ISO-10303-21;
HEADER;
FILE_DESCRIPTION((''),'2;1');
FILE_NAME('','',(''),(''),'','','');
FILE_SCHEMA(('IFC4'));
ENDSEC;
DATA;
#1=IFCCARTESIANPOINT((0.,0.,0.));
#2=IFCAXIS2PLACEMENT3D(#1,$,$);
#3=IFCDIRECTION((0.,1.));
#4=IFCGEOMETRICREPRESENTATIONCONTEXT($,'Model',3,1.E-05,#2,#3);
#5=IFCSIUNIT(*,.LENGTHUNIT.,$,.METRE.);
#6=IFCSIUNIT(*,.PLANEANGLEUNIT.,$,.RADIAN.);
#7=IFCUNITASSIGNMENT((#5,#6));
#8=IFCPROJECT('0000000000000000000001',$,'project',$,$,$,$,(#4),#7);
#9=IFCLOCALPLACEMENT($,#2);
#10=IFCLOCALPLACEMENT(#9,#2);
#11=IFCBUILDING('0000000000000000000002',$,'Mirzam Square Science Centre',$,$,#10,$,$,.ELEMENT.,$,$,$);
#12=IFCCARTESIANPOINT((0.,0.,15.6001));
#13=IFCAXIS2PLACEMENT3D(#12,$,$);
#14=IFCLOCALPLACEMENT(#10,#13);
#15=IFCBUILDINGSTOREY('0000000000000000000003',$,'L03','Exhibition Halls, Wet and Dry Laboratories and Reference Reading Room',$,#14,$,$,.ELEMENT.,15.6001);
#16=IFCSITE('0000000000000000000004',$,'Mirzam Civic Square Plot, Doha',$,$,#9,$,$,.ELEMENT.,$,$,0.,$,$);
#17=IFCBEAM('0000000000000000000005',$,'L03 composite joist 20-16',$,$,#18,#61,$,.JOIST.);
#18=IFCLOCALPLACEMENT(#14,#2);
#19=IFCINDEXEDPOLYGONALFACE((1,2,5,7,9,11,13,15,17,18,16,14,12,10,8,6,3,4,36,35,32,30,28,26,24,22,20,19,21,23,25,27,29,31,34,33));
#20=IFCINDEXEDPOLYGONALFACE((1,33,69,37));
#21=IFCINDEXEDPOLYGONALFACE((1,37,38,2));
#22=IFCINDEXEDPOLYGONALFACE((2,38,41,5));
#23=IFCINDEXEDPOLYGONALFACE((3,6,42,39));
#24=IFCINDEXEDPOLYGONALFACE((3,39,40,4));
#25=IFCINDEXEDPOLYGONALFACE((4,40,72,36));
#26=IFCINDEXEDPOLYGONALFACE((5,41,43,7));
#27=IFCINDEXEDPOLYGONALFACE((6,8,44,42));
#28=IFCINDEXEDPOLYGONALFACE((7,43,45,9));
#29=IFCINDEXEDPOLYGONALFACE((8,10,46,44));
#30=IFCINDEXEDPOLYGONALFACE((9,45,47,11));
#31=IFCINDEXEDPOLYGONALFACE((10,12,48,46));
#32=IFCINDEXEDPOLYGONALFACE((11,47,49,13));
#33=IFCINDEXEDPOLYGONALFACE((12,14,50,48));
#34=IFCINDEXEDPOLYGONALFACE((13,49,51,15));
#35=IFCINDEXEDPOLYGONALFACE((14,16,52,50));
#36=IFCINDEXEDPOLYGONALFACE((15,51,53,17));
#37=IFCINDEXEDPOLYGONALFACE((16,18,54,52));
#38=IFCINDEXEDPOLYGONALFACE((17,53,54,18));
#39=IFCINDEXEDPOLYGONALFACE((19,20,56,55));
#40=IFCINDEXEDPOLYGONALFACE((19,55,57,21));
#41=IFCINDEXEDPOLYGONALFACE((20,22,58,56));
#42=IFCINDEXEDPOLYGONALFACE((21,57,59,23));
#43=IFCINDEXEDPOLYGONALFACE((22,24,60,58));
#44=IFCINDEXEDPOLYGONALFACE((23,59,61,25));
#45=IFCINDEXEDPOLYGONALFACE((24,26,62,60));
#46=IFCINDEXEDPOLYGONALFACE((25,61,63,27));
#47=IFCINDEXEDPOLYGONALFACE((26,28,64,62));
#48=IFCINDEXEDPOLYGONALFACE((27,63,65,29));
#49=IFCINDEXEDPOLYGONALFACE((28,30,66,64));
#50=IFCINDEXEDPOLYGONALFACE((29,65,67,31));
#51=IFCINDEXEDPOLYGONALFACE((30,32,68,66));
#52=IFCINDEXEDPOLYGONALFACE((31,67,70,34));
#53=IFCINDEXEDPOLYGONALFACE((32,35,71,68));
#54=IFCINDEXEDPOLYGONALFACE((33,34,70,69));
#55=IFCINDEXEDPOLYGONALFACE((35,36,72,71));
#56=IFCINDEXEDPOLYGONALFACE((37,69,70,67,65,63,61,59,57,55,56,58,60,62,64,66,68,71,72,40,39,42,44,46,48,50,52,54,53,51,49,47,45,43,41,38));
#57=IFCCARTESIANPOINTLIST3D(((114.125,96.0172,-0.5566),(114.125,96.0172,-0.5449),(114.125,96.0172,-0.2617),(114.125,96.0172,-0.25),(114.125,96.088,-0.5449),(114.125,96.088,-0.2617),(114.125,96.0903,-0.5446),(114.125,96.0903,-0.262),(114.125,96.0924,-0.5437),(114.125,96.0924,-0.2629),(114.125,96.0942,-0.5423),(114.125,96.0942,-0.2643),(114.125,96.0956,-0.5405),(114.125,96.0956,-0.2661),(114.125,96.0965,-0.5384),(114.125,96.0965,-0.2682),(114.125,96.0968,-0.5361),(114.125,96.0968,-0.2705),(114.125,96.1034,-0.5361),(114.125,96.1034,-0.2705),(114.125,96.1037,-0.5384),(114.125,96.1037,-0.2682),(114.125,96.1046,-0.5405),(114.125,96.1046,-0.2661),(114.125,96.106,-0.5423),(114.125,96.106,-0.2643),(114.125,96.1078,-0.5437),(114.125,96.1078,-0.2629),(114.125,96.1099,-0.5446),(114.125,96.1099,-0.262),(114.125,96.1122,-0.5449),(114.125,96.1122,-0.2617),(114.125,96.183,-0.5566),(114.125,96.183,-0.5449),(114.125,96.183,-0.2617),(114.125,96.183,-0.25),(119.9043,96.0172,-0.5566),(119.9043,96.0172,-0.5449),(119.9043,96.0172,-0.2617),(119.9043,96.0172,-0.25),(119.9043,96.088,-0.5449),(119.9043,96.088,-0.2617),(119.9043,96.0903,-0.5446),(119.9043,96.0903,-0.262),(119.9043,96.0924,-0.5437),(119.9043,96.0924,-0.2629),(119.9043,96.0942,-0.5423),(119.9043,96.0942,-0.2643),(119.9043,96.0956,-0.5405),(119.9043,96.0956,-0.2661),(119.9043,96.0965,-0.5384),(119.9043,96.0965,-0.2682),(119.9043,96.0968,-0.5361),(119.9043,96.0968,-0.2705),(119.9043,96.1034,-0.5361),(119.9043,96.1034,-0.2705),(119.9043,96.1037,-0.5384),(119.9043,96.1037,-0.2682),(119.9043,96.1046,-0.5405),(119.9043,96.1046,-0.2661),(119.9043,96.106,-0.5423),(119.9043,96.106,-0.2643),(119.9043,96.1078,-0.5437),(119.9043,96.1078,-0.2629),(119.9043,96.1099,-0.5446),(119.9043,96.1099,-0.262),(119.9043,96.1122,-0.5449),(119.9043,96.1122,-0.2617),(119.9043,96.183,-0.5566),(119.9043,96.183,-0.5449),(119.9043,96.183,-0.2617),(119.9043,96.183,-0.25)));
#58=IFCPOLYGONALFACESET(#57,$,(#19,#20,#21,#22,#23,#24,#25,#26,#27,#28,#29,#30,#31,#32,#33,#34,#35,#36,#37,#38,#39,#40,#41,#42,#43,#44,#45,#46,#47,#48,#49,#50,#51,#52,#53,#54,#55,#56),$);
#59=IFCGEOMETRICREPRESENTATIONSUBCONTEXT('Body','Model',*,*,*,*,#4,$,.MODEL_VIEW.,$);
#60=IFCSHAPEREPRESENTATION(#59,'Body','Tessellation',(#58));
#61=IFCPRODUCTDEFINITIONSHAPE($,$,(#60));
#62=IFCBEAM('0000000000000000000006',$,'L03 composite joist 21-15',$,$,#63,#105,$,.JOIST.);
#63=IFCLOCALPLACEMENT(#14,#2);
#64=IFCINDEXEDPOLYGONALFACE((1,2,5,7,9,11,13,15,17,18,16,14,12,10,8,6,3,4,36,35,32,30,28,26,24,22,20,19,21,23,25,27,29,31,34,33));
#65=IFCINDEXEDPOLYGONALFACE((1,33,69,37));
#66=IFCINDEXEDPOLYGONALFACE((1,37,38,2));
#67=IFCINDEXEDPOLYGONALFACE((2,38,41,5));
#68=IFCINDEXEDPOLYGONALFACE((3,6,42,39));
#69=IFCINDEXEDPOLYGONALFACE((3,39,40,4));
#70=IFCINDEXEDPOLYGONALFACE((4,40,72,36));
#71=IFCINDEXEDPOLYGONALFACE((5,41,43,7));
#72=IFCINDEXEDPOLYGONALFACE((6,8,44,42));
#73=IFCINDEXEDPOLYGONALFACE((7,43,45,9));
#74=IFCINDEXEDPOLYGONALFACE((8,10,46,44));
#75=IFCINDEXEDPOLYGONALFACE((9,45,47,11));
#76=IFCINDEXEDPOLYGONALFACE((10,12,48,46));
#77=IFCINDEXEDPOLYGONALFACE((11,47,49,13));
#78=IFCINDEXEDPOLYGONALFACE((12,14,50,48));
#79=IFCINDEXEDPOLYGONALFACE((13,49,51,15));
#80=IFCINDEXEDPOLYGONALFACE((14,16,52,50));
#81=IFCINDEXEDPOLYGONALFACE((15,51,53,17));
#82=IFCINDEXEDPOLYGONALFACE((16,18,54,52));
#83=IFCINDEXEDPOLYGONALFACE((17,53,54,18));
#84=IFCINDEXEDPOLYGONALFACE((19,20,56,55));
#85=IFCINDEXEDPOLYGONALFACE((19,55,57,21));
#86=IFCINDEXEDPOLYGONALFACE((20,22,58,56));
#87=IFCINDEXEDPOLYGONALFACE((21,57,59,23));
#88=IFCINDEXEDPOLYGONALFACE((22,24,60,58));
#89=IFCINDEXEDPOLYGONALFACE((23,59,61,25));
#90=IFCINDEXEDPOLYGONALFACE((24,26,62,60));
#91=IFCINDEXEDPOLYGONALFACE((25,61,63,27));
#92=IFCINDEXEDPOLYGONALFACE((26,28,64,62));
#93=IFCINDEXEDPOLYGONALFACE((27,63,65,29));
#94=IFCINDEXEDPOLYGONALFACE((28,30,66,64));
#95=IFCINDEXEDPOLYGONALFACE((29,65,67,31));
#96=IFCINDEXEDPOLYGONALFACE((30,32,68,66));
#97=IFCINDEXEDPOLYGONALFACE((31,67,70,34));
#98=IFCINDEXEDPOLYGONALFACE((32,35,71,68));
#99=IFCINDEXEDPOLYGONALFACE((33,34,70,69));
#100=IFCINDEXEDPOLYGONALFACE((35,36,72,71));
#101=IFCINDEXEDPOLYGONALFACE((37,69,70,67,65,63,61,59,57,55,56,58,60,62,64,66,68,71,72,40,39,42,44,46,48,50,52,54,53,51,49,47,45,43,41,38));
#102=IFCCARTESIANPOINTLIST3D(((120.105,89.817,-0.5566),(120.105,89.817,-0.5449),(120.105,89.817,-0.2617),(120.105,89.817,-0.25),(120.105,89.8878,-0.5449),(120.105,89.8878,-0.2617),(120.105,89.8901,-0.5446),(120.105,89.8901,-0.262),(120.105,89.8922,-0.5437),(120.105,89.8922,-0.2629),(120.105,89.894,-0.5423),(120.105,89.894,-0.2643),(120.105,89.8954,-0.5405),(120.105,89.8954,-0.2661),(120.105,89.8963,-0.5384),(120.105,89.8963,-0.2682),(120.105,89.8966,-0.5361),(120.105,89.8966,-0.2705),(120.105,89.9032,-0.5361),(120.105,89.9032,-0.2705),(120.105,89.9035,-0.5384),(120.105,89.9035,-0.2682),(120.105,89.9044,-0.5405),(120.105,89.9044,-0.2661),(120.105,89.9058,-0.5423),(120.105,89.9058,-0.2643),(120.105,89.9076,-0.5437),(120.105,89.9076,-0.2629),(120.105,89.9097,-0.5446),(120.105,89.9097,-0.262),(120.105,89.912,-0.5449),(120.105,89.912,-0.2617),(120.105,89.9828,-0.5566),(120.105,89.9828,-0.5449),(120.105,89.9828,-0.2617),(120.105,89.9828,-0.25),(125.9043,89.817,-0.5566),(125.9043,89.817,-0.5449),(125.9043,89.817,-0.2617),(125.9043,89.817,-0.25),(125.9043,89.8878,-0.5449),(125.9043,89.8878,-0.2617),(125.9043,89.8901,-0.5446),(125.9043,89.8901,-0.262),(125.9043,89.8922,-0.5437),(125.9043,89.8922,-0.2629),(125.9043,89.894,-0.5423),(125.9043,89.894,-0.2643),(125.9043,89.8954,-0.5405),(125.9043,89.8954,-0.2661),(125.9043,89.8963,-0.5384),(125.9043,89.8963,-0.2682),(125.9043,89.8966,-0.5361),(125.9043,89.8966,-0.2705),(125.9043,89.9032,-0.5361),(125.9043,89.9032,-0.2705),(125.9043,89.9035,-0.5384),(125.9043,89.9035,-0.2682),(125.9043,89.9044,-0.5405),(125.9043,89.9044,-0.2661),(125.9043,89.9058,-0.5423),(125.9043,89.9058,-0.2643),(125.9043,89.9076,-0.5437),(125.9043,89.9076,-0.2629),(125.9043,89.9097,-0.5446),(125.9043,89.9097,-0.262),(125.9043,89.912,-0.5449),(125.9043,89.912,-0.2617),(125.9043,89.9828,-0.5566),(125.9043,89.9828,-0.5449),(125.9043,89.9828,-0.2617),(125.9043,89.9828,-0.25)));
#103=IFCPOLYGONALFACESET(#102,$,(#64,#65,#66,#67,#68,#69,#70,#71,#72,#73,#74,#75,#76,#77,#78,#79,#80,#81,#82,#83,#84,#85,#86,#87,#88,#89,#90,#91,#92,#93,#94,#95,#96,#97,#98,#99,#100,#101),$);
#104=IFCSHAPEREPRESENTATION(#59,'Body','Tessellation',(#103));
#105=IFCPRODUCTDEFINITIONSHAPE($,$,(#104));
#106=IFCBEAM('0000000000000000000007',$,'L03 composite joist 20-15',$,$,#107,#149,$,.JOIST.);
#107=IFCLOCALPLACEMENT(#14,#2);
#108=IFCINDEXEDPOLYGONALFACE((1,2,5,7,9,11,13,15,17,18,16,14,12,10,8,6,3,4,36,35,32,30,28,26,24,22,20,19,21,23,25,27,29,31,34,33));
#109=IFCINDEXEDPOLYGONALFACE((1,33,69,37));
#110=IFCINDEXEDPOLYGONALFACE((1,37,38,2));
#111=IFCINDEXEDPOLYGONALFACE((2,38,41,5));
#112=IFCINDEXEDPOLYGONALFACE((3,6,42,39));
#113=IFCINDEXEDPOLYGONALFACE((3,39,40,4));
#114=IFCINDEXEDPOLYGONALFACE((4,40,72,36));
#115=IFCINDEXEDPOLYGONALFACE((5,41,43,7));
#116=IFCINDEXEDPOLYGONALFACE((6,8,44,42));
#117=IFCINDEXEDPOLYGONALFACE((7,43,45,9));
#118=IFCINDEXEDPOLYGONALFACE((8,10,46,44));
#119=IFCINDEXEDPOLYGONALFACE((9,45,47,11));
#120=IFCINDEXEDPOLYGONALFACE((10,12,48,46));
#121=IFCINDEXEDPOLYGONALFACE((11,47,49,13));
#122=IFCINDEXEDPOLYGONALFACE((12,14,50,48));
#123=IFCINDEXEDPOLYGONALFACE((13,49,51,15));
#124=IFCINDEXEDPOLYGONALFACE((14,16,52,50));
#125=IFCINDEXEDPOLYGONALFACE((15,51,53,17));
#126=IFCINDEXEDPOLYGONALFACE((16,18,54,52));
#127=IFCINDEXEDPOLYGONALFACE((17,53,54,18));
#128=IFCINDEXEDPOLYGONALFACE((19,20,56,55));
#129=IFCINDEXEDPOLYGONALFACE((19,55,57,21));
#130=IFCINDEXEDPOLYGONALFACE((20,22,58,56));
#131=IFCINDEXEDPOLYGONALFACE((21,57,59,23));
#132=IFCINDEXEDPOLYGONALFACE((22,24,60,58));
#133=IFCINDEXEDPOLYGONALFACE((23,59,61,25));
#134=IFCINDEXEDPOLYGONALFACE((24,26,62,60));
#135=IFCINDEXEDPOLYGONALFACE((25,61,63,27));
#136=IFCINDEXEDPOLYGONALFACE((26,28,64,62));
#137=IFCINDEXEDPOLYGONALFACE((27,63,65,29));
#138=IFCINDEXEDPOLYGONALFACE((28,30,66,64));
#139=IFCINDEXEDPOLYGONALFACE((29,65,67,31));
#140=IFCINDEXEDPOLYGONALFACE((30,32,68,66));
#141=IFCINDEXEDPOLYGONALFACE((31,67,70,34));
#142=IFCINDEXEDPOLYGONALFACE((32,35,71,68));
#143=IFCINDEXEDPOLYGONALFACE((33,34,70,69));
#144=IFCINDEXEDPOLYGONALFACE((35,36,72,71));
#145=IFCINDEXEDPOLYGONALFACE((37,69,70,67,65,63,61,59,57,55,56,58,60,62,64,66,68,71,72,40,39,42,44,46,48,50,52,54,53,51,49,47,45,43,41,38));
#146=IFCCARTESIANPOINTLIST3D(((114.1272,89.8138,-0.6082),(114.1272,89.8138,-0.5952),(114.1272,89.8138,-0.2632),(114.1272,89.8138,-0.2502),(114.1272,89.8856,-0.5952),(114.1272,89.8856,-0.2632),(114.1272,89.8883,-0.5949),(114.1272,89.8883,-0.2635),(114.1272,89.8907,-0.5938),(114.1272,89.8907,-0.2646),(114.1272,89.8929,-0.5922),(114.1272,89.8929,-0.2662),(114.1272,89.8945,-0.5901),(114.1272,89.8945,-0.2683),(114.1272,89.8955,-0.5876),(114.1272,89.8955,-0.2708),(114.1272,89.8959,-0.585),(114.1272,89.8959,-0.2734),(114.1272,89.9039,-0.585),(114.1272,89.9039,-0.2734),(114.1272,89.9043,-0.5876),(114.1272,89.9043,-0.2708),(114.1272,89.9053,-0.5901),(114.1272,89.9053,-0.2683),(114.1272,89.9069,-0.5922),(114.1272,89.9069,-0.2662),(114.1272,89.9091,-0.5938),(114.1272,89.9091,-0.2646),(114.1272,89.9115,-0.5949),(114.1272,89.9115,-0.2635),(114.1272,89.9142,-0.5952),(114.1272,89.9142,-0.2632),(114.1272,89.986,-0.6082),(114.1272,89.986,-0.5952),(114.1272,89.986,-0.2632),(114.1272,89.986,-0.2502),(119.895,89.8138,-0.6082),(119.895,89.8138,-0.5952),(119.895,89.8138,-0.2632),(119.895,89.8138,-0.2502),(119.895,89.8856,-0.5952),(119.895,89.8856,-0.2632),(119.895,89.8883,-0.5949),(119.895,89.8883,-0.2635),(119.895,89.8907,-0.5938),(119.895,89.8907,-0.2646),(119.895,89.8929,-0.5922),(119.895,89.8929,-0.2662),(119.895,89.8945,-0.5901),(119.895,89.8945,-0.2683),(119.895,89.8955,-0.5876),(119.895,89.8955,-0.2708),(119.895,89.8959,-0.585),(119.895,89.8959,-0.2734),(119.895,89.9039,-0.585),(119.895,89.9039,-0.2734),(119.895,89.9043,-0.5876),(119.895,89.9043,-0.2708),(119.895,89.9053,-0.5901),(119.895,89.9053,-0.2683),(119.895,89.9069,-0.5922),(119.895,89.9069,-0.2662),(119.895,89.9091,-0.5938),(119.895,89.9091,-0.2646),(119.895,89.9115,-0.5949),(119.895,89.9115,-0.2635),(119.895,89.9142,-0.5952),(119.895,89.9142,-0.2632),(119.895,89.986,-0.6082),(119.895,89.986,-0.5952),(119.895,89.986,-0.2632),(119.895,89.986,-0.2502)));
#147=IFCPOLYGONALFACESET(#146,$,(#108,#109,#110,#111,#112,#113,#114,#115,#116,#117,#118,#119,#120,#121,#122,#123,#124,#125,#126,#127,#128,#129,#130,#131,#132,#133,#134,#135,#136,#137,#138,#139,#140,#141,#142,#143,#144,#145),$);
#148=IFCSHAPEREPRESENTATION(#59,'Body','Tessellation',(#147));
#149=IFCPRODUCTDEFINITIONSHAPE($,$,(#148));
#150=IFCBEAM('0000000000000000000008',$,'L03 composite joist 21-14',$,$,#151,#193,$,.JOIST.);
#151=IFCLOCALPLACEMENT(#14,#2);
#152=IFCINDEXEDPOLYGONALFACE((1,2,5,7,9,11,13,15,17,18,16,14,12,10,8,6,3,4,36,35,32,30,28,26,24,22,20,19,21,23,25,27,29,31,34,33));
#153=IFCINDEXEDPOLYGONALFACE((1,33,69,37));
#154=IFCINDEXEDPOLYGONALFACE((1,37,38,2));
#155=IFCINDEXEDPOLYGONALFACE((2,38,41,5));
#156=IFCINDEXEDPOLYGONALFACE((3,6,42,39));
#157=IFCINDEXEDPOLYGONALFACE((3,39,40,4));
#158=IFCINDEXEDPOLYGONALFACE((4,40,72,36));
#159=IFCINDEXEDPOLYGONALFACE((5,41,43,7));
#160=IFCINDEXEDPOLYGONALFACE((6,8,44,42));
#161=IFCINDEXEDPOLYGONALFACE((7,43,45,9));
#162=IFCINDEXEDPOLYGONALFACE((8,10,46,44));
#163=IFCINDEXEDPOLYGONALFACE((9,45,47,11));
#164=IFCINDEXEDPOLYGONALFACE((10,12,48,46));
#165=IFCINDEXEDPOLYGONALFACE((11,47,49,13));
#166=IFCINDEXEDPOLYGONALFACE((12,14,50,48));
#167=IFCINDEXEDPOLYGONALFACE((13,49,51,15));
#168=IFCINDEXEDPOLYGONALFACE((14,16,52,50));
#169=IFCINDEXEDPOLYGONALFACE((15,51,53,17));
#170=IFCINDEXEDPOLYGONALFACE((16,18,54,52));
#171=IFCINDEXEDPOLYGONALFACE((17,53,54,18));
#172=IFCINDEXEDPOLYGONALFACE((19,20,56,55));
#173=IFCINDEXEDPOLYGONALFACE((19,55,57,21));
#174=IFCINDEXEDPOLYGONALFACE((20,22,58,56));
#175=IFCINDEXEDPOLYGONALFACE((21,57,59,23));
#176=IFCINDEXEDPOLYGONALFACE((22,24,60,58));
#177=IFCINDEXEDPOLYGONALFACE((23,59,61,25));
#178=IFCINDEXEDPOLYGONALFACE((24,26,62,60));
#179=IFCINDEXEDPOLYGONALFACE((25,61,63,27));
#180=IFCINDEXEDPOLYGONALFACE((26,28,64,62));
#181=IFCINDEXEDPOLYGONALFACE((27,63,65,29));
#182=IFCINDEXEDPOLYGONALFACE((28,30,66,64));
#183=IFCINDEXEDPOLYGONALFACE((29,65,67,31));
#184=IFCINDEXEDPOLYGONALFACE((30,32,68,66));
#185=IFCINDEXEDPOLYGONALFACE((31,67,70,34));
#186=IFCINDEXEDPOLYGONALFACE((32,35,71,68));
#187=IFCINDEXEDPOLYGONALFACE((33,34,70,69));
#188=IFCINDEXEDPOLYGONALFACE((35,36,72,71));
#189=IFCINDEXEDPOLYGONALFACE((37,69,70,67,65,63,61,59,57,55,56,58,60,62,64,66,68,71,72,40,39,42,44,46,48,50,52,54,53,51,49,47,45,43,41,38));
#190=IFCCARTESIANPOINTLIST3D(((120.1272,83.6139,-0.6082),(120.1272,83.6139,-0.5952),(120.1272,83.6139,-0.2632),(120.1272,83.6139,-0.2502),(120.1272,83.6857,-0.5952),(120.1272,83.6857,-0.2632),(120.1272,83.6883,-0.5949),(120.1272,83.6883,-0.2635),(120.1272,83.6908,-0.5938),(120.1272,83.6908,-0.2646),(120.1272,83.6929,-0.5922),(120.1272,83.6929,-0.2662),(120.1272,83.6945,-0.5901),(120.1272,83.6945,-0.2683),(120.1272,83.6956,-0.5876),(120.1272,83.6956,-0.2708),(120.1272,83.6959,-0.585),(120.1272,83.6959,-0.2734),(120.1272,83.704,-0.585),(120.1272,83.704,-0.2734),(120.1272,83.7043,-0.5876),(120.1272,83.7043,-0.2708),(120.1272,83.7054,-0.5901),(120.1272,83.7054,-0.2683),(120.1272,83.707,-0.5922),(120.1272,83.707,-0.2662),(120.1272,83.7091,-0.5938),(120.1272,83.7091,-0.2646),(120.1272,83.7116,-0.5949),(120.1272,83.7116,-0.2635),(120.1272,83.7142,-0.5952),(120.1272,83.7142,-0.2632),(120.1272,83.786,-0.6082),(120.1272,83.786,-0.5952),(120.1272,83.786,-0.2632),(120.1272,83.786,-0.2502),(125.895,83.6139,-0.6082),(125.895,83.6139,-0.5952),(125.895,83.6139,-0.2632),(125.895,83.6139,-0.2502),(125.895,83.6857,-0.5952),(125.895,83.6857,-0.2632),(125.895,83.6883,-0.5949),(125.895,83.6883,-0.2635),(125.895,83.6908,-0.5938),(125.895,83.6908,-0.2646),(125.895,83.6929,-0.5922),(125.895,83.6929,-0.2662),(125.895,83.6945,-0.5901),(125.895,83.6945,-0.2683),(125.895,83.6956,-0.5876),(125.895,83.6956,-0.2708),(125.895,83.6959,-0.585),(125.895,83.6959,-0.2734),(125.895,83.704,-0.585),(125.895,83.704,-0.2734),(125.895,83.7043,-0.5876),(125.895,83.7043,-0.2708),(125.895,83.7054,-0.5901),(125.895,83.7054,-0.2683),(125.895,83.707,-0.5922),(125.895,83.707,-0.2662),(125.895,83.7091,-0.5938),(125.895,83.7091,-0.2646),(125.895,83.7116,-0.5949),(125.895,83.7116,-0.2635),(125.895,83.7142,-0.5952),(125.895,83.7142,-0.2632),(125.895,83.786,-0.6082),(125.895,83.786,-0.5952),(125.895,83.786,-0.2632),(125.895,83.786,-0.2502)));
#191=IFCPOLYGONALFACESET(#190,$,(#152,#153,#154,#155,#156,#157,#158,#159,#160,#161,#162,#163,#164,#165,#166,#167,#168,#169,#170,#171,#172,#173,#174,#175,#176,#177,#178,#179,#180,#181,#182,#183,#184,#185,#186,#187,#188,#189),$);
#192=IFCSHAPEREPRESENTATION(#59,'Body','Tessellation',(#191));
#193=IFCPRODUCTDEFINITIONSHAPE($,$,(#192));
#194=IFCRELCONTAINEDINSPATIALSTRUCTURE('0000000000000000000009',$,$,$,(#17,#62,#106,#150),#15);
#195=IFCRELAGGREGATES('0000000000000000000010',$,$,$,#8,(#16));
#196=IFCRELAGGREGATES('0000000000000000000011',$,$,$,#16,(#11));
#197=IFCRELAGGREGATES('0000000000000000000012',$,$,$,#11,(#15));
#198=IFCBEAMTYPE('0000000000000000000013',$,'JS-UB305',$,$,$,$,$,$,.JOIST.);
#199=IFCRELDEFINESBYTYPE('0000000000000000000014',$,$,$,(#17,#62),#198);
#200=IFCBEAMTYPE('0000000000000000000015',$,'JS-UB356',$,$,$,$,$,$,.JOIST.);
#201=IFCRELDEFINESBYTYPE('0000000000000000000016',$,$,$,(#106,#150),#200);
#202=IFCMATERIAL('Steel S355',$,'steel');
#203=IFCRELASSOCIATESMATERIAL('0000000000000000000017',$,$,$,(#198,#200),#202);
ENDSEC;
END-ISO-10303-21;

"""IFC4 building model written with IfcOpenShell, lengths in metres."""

from ifc_helpers import new_model, si_unit, direction, frame, origin, origin_2d, place, context, subcontext, project, spatial, i_section, extrude, material, material_profile, profile_set, type_object, element, save


model = new_model("IFC4")

# Units and contexts
model_context = context("Model", 3, precision=1e-05, world=origin(), true_north=direction((0.0, 1.0)))
body_context = subcontext(model_context, "Body", "Model", "MODEL_VIEW")
ifc_project = project(units=[si_unit("LENGTHUNIT", "METRE"), si_unit("PLANEANGLEUNIT", "RADIAN")], contexts=[model_context])

# Site, building, storey
site_placement = place(None, origin())
site = spatial("IfcSite", under=ifc_project, at=site_placement, Name="Mirzam Civic Square Plot, Doha", CompositionType="ELEMENT", RefElevation=0.0)
building_placement = place(site_placement, origin())
building = spatial("IfcBuilding", under=site, at=building_placement, Name="Mirzam Square Science Centre", CompositionType="ELEMENT")
storey_placement = place(building_placement, frame((0.0, 0.0, 15.6001)))
storey = spatial("IfcBuildingStorey", under=building, at=storey_placement, Name="L03", Description="Exhibition Halls, Wet and Dry Laboratories and Reference Reading Room", CompositionType="ELEMENT", Elevation=15.6001)

# Shared definitions
ifc_material_1 = material(Name="Steel S355", Category="steel")

# Beams
ifc_material_profile_1 = material_profile(ifc_material_1, i_section(OverallWidth=0.1658, OverallDepth=0.3066, WebThickness=0.0066, FlangeThickness=0.0117, FilletRadius=0.0088, at=origin_2d()), Name="305x165x46UB")
ifc_profile_set_1 = profile_set([ifc_material_profile_1], Name="Steel S355")
beam_type_1 = type_object("IfcBeamType", Name="JS-UB305", PredefinedType="JOIST", material=ifc_profile_set_1)
beam_1_placement = place(storey_placement, frame((114.125, 96.1001, -0.4033), z_axis=(1.0, 0.0, 0.0), x_axis=(0.0, 1.0, 0.0)))
element("IfcBeam", 1, at=beam_1_placement, inside=storey, type_object=beam_type_1, Name="L03 composite joist 20-16", PredefinedType="JOIST", context=body_context, shape_type="SweptSolid", body=[
    extrude(i_section(OverallWidth=0.1658, OverallDepth=0.3066, WebThickness=0.0066, FlangeThickness=0.0117, FilletRadius=0.0088, at=origin_2d()), origin(), (0.0, 0.0, 1.0), 5.7793),
])
beam_2_placement = place(storey_placement, frame((120.105, 89.8999, -0.4033), z_axis=(1.0, 0.0, 0.0), x_axis=(0.0, 1.0, 0.0)))
element("IfcBeam", 2, at=beam_2_placement, inside=storey, type_object=beam_type_1, Name="L03 composite joist 21-15", PredefinedType="JOIST", context=body_context, shape_type="SweptSolid", body=[
    extrude(i_section(OverallWidth=0.1658, OverallDepth=0.3066, WebThickness=0.0066, FlangeThickness=0.0117, FilletRadius=0.0088, at=origin_2d()), origin(), (0.0, 0.0, 1.0), 5.7993),
])
ifc_material_profile_2 = material_profile(ifc_material_1, i_section(OverallWidth=0.1721, OverallDepth=0.3579, WebThickness=0.0081, FlangeThickness=0.0129, FilletRadius=0.0103, at=origin_2d()), Name="356x171x57UB")
ifc_profile_set_2 = profile_set([ifc_material_profile_2], Name="Steel S355")
beam_type_2 = type_object("IfcBeamType", Name="JS-UB356", PredefinedType="JOIST", material=ifc_profile_set_2)
for number, where, z_axis, x_axis, name in (
    (3, (114.1272, 89.8999, -0.4292), (1.0, 0.0, 0.0), (0.0, 1.0, 0.0), "L03 composite joist 20-15"),
    (4, (120.1272, 83.7, -0.4292), (1.0, 0.0, 0.0), (0.0, 1.0, 0.0), "L03 composite joist 21-14"),
):
    element("IfcBeam", number, at=place(storey_placement, frame(where, z_axis=z_axis, x_axis=x_axis)), inside=storey, type_object=beam_type_2, Name=name, PredefinedType="JOIST", context=body_context, shape_type="SweptSolid", body=[
        extrude(i_section(OverallWidth=0.1721, OverallDepth=0.3579, WebThickness=0.0081, FlangeThickness=0.0129, FilletRadius=0.0103, at=origin_2d()), origin(), (0.0, 0.0, 1.0), 5.7678),
    ])

save(model, "model.ifc")
